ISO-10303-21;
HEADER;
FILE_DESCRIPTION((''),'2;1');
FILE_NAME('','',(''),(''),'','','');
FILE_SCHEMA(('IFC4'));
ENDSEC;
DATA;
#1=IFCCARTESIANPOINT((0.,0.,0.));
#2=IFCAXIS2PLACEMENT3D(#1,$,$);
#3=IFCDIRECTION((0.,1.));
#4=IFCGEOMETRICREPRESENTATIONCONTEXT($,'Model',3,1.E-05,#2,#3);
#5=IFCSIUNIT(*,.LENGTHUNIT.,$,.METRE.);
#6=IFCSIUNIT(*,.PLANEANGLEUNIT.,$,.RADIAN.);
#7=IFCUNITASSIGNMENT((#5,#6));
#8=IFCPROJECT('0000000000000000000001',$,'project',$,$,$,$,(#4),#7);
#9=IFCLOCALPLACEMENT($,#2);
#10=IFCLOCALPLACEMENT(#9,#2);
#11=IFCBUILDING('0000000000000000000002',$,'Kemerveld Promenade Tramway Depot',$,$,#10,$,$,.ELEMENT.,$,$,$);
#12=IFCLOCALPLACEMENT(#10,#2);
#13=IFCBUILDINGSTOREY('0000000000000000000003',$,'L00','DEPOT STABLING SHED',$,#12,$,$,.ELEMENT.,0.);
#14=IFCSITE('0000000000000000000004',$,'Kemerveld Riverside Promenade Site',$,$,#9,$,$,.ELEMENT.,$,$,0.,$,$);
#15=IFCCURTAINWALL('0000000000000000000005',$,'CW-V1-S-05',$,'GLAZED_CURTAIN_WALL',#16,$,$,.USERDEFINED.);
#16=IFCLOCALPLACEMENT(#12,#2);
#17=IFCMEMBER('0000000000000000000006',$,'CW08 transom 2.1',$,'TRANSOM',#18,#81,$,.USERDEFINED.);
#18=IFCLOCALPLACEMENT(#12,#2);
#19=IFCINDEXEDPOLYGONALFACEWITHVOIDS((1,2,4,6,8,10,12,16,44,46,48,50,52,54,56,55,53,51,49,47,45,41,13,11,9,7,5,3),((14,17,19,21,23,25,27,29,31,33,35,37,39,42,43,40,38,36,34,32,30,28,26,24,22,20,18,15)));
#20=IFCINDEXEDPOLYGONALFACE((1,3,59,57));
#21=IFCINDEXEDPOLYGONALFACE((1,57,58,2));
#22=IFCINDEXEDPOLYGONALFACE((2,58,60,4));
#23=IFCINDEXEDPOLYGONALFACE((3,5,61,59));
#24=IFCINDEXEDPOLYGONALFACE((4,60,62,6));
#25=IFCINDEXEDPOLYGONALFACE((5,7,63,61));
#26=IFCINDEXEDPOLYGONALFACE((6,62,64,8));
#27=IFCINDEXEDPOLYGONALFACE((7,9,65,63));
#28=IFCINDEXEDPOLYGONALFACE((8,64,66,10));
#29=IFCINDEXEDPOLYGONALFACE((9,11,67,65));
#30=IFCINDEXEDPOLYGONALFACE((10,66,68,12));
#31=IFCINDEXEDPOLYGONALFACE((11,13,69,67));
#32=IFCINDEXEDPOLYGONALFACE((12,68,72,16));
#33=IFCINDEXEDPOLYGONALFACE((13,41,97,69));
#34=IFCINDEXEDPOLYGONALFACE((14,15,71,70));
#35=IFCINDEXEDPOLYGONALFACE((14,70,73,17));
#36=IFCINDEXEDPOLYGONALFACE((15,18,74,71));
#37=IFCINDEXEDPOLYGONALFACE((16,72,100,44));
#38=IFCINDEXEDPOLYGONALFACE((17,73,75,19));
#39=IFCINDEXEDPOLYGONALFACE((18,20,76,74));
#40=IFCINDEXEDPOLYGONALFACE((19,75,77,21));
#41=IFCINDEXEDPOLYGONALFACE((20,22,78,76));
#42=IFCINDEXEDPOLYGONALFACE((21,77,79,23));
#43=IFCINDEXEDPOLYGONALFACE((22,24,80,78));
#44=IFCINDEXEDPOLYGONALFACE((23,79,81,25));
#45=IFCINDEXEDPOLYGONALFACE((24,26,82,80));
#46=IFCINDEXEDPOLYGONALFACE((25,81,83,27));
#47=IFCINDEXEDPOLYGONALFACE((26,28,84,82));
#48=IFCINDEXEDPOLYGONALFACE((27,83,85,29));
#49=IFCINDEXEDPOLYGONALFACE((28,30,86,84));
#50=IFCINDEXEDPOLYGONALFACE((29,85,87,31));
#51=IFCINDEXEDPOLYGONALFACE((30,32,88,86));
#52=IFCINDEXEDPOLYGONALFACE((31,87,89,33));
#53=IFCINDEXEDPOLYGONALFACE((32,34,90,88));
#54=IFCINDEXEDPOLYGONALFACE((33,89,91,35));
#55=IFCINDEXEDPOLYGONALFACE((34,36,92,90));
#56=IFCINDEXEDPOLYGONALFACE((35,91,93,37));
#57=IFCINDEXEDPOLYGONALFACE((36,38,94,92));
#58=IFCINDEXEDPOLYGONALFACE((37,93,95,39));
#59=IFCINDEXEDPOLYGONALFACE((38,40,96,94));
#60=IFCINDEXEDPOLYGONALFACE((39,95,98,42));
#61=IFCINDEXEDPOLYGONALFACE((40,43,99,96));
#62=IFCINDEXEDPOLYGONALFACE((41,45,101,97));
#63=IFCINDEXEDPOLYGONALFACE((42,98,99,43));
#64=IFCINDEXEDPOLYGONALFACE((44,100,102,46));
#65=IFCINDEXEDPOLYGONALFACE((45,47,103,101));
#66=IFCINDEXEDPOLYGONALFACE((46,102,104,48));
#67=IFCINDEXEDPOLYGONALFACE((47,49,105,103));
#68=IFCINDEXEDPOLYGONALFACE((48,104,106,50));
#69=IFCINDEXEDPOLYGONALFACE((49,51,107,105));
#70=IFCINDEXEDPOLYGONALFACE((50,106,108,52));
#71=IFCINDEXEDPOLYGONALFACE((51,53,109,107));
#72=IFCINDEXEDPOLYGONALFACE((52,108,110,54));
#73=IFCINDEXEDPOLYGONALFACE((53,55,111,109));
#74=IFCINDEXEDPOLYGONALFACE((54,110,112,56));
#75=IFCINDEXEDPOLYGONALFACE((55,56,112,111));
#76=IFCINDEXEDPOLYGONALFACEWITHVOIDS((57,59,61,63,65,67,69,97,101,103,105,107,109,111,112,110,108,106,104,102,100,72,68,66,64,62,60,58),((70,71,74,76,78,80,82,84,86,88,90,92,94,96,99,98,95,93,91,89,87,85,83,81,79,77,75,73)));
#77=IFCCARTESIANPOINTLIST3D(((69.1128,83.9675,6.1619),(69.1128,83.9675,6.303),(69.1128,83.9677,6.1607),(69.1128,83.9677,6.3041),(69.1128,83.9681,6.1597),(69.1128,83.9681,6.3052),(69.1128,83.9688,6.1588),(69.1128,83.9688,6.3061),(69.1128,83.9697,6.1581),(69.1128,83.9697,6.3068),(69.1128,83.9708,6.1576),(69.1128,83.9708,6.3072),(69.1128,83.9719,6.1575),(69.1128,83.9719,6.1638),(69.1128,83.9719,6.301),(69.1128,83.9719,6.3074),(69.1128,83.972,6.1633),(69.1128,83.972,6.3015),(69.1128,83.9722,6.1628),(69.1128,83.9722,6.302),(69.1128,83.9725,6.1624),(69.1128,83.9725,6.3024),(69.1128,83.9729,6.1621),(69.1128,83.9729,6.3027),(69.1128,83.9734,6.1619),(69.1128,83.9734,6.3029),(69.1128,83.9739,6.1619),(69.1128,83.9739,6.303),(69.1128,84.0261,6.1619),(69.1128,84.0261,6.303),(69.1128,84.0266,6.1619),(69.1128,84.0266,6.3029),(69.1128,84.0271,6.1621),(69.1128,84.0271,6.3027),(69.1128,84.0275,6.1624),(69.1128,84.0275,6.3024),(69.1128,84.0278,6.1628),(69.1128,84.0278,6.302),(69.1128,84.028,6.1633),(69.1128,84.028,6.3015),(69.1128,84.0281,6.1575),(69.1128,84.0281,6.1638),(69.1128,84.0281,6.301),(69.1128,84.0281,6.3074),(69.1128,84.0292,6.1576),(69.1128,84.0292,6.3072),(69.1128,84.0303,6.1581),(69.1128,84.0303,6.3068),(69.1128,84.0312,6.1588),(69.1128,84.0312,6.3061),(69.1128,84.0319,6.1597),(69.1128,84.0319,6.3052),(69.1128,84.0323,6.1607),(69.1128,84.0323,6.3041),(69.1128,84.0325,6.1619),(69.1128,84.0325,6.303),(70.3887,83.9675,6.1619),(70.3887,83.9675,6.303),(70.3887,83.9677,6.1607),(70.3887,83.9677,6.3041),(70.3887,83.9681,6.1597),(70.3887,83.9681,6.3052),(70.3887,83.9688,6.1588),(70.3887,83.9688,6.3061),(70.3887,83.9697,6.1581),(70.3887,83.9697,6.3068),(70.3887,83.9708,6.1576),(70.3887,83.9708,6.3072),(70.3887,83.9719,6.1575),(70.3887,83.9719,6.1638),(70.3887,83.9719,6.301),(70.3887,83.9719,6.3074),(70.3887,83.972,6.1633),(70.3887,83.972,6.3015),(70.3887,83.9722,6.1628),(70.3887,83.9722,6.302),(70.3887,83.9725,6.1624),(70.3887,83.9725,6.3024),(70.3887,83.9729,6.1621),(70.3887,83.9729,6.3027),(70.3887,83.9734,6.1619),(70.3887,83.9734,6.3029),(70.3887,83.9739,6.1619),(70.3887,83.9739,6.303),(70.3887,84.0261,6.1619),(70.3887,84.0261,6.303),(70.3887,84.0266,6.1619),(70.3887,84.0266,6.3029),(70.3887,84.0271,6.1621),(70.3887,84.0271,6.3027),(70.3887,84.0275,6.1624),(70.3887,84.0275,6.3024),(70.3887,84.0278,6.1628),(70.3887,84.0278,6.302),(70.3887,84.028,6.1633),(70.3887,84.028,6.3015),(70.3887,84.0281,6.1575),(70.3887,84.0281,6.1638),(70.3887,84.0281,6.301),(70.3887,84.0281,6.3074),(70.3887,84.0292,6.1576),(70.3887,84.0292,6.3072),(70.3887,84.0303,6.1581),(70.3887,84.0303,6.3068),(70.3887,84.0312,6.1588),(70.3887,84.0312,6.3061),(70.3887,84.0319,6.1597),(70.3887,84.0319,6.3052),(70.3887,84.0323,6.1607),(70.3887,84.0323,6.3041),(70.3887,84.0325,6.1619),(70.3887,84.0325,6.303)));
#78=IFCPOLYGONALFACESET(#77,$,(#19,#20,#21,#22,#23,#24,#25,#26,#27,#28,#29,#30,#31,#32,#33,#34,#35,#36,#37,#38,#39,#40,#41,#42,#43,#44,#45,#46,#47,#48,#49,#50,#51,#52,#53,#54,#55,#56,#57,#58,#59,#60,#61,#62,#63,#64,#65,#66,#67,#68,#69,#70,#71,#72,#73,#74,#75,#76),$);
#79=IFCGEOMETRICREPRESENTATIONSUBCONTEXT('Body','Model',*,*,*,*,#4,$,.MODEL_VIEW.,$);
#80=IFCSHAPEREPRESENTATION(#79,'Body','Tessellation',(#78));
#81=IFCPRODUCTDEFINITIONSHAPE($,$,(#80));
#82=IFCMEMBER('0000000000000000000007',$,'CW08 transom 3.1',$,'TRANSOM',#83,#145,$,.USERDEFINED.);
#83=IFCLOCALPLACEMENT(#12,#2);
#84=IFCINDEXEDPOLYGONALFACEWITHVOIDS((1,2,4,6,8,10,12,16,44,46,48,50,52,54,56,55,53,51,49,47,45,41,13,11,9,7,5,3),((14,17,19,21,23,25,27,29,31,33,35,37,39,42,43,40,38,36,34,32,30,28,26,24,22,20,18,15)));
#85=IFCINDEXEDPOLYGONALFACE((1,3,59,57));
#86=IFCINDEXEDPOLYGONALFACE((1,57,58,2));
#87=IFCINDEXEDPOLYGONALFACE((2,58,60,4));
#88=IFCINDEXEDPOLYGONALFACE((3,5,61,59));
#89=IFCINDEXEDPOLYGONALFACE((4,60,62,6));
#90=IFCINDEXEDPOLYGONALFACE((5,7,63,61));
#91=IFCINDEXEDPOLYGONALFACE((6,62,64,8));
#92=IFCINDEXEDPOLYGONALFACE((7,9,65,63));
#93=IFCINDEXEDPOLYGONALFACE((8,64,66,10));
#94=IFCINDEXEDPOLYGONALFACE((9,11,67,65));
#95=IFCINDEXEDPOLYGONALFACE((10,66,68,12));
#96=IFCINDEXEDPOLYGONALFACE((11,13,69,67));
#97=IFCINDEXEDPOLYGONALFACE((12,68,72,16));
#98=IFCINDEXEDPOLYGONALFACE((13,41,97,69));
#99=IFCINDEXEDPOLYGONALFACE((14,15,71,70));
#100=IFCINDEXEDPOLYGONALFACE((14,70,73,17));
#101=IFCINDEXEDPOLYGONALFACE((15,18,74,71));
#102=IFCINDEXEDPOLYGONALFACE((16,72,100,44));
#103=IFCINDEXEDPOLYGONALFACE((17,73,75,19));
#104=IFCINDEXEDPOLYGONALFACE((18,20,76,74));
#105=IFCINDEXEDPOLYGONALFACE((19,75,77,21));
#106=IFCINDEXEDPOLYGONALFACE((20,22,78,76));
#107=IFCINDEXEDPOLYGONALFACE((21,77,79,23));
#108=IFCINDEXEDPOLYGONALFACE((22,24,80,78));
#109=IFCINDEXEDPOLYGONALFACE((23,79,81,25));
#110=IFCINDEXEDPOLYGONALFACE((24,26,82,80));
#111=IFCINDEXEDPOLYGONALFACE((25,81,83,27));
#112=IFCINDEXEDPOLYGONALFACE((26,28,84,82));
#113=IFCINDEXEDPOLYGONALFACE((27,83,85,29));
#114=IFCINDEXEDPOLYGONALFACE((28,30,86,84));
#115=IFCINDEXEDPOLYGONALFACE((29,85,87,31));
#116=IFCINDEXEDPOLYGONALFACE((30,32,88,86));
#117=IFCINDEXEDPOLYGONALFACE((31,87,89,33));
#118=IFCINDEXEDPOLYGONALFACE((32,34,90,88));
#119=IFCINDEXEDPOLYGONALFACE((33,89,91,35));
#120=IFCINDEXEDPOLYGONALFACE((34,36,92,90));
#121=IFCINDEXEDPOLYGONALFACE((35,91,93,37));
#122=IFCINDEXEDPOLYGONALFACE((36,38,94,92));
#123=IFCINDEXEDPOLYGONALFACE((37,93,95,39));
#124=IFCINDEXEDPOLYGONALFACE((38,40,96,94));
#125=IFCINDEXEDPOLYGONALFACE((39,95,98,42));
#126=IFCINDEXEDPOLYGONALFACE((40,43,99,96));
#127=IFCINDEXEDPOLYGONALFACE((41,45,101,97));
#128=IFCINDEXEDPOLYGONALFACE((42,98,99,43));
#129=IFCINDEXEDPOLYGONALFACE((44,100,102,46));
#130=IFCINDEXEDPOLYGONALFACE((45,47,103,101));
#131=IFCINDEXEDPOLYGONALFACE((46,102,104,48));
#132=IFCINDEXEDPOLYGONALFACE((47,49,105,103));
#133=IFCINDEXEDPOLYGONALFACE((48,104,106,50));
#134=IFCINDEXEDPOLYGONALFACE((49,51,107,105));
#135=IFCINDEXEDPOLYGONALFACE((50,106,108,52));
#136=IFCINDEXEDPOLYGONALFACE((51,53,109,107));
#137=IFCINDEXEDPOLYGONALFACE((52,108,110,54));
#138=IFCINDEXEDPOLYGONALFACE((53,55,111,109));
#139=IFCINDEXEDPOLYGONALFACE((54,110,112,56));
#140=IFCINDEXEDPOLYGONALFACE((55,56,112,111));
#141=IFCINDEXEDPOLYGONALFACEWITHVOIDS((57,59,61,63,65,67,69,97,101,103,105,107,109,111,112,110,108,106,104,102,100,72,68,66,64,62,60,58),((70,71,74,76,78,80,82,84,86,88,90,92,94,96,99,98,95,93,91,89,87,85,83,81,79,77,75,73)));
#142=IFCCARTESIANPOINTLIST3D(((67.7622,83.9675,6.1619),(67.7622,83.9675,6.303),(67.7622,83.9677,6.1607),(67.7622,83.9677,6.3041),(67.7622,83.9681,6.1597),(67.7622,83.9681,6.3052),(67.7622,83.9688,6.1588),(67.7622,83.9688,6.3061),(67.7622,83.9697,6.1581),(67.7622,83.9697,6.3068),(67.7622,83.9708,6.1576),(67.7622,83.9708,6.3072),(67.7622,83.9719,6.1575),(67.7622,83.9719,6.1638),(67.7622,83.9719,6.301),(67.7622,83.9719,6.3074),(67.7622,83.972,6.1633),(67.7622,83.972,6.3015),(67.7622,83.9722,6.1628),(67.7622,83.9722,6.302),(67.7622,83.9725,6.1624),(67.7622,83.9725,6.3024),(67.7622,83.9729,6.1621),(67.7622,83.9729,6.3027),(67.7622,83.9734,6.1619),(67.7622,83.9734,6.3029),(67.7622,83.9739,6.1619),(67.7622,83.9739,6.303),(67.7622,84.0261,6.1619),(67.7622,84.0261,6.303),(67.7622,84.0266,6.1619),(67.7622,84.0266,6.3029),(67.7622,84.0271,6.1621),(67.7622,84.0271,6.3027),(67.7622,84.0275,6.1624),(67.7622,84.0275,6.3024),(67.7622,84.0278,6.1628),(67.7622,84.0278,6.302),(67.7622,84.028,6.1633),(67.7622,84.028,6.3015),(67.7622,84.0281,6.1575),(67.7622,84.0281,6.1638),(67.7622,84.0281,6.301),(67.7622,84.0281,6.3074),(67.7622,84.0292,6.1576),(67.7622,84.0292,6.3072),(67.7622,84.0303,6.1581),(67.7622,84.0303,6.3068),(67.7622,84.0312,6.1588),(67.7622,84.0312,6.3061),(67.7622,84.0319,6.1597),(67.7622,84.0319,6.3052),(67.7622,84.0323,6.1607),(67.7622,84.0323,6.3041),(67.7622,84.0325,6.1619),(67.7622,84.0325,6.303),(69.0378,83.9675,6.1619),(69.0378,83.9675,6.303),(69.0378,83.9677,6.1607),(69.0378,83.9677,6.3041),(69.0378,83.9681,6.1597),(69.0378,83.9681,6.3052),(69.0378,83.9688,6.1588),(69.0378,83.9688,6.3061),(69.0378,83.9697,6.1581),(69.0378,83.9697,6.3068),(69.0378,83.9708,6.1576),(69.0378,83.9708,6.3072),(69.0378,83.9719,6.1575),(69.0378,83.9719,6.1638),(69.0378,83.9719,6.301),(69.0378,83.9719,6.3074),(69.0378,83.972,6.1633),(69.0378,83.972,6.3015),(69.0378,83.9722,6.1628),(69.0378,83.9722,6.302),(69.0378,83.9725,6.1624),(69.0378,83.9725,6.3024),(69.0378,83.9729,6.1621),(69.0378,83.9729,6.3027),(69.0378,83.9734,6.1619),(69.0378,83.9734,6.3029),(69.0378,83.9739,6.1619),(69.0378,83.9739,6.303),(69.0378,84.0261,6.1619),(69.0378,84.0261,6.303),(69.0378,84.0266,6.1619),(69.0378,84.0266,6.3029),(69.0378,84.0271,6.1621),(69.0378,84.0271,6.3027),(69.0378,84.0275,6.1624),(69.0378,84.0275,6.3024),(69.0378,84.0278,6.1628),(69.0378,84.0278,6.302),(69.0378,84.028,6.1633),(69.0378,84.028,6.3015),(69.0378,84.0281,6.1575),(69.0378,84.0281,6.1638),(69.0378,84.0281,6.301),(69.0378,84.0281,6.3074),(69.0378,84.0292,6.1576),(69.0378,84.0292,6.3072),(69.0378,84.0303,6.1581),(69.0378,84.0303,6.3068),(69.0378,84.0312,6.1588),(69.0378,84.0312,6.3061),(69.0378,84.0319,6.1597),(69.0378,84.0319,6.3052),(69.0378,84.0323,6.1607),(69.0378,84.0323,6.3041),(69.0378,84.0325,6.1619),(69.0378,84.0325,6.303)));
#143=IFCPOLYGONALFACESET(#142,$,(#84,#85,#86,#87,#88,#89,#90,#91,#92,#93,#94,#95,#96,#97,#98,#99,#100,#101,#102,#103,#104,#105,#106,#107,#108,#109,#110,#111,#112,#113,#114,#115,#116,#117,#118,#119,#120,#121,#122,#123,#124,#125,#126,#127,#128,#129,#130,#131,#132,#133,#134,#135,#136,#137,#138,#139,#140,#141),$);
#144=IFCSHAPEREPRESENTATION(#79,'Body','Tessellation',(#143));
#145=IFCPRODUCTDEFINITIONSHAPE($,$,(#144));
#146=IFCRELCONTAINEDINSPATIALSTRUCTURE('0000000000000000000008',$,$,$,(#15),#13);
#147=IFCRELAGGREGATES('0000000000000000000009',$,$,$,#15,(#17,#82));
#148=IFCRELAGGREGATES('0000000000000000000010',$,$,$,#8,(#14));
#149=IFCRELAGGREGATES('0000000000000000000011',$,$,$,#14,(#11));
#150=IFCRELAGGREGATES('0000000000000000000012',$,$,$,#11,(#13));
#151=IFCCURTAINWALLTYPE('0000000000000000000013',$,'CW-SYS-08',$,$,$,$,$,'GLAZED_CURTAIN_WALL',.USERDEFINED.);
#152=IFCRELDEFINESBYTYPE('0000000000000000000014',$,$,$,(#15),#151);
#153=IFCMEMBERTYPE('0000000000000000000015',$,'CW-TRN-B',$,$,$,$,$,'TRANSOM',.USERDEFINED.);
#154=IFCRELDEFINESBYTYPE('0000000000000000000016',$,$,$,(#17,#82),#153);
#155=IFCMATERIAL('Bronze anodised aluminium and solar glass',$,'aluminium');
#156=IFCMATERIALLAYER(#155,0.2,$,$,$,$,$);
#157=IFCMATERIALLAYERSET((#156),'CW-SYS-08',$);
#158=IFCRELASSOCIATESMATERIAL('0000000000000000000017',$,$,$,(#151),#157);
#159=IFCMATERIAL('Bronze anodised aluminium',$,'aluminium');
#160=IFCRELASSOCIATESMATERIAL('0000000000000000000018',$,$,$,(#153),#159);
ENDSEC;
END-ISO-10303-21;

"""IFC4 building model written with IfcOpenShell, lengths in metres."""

from ifc_helpers import new_model, si_unit, direction, frame, origin, origin_2d, place, context, subcontext, project, spatial, hollow_rectangle, extrude, material, layer, layer_set, material_profile, profile_set, type_object, element, aggregate, save


model = new_model("IFC4")

# Units and contexts
model_context = context("Model", 3, precision=1e-05, world=origin(), true_north=direction((0.0, 1.0)))
body_context = subcontext(model_context, "Body", "Model", "MODEL_VIEW")
ifc_project = project(units=[si_unit("LENGTHUNIT", "METRE"), si_unit("PLANEANGLEUNIT", "RADIAN")], contexts=[model_context])

# Site, building, storey
site_placement = place(None, origin())
site = spatial("IfcSite", under=ifc_project, at=site_placement, Name="Kemerveld Riverside Promenade Site", CompositionType="ELEMENT", RefElevation=0.0)
building_placement = place(site_placement, origin())
building = spatial("IfcBuilding", under=site, at=building_placement, Name="Kemerveld Promenade Tramway Depot", CompositionType="ELEMENT")
storey_placement = place(building_placement, origin())
storey = spatial("IfcBuildingStorey", under=building, at=storey_placement, Name="L00", Description="DEPOT STABLING SHED", CompositionType="ELEMENT", Elevation=0.0)

# Curtain wall
ifc_material_1 = material(Name="Bronze anodised aluminium and solar glass", Category="aluminium")
ifc_material_2 = material(Name="Bronze anodised aluminium", Category="aluminium")
ifc_layer_1 = layer(ifc_material_1, 0.2)
ifc_layer_set_1 = layer_set([ifc_layer_1], Name="CW-SYS-08")
curtain_wall_type_1 = type_object("IfcCurtainWallType", Name="CW-SYS-08", ElementType="GLAZED_CURTAIN_WALL", PredefinedType="USERDEFINED", material=ifc_layer_set_1)
curtain_wall_1_placement = place(storey_placement, origin())
curtain_wall_1 = element("IfcCurtainWall", 1, at=curtain_wall_1_placement, inside=storey, type_object=curtain_wall_type_1, Name="CW-V1-S-05", ObjectType="GLAZED_CURTAIN_WALL", PredefinedType="USERDEFINED")

# Members
ifc_material_profile_1 = material_profile(ifc_material_2, hollow_rectangle(XDim=0.0649, YDim=0.1499, WallThickness=0.0044, InnerFilletRadius=0.002, OuterFilletRadius=0.0044, at=origin_2d()), Name="CW-TRN-150x65")
ifc_profile_set_1 = profile_set([ifc_material_profile_1], Name="Bronze anodised aluminium")
member_type_1 = type_object("IfcMemberType", Name="CW-TRN-B", ElementType="TRANSOM", PredefinedType="USERDEFINED", material=ifc_profile_set_1)
member_1_placement = place(storey_placement, frame((70.3887, 84.0, 6.2324), z_axis=(-1.0, 0.0, 0.0), x_axis=(0.0, -1.0, 0.0)))
member_1 = element("IfcMember", 2, at=member_1_placement, type_object=member_type_1, Name="CW08 transom 2.1", ObjectType="TRANSOM", PredefinedType="USERDEFINED", context=body_context, shape_type="SweptSolid", body=[
    extrude(hollow_rectangle(XDim=0.0649, YDim=0.1499, WallThickness=0.0044, InnerFilletRadius=0.002, OuterFilletRadius=0.0044, at=origin_2d()), origin(), (0.0, 0.0, 1.0), 1.2759),
])
member_2_placement = place(storey_placement, frame((69.0378, 84.0, 6.2324), z_axis=(-1.0, 0.0, 0.0), x_axis=(0.0, -1.0, 0.0)))
member_2 = element("IfcMember", 3, at=member_2_placement, type_object=member_type_1, Name="CW08 transom 3.1", ObjectType="TRANSOM", PredefinedType="USERDEFINED", context=body_context, shape_type="SweptSolid", body=[
    extrude(hollow_rectangle(XDim=0.0649, YDim=0.1499, WallThickness=0.0044, InnerFilletRadius=0.002, OuterFilletRadius=0.0044, at=origin_2d()), origin(), (0.0, 0.0, 1.0), 1.2756),
])

aggregate(curtain_wall_1, [member_1, member_2])

save(model, "model.ifc")
